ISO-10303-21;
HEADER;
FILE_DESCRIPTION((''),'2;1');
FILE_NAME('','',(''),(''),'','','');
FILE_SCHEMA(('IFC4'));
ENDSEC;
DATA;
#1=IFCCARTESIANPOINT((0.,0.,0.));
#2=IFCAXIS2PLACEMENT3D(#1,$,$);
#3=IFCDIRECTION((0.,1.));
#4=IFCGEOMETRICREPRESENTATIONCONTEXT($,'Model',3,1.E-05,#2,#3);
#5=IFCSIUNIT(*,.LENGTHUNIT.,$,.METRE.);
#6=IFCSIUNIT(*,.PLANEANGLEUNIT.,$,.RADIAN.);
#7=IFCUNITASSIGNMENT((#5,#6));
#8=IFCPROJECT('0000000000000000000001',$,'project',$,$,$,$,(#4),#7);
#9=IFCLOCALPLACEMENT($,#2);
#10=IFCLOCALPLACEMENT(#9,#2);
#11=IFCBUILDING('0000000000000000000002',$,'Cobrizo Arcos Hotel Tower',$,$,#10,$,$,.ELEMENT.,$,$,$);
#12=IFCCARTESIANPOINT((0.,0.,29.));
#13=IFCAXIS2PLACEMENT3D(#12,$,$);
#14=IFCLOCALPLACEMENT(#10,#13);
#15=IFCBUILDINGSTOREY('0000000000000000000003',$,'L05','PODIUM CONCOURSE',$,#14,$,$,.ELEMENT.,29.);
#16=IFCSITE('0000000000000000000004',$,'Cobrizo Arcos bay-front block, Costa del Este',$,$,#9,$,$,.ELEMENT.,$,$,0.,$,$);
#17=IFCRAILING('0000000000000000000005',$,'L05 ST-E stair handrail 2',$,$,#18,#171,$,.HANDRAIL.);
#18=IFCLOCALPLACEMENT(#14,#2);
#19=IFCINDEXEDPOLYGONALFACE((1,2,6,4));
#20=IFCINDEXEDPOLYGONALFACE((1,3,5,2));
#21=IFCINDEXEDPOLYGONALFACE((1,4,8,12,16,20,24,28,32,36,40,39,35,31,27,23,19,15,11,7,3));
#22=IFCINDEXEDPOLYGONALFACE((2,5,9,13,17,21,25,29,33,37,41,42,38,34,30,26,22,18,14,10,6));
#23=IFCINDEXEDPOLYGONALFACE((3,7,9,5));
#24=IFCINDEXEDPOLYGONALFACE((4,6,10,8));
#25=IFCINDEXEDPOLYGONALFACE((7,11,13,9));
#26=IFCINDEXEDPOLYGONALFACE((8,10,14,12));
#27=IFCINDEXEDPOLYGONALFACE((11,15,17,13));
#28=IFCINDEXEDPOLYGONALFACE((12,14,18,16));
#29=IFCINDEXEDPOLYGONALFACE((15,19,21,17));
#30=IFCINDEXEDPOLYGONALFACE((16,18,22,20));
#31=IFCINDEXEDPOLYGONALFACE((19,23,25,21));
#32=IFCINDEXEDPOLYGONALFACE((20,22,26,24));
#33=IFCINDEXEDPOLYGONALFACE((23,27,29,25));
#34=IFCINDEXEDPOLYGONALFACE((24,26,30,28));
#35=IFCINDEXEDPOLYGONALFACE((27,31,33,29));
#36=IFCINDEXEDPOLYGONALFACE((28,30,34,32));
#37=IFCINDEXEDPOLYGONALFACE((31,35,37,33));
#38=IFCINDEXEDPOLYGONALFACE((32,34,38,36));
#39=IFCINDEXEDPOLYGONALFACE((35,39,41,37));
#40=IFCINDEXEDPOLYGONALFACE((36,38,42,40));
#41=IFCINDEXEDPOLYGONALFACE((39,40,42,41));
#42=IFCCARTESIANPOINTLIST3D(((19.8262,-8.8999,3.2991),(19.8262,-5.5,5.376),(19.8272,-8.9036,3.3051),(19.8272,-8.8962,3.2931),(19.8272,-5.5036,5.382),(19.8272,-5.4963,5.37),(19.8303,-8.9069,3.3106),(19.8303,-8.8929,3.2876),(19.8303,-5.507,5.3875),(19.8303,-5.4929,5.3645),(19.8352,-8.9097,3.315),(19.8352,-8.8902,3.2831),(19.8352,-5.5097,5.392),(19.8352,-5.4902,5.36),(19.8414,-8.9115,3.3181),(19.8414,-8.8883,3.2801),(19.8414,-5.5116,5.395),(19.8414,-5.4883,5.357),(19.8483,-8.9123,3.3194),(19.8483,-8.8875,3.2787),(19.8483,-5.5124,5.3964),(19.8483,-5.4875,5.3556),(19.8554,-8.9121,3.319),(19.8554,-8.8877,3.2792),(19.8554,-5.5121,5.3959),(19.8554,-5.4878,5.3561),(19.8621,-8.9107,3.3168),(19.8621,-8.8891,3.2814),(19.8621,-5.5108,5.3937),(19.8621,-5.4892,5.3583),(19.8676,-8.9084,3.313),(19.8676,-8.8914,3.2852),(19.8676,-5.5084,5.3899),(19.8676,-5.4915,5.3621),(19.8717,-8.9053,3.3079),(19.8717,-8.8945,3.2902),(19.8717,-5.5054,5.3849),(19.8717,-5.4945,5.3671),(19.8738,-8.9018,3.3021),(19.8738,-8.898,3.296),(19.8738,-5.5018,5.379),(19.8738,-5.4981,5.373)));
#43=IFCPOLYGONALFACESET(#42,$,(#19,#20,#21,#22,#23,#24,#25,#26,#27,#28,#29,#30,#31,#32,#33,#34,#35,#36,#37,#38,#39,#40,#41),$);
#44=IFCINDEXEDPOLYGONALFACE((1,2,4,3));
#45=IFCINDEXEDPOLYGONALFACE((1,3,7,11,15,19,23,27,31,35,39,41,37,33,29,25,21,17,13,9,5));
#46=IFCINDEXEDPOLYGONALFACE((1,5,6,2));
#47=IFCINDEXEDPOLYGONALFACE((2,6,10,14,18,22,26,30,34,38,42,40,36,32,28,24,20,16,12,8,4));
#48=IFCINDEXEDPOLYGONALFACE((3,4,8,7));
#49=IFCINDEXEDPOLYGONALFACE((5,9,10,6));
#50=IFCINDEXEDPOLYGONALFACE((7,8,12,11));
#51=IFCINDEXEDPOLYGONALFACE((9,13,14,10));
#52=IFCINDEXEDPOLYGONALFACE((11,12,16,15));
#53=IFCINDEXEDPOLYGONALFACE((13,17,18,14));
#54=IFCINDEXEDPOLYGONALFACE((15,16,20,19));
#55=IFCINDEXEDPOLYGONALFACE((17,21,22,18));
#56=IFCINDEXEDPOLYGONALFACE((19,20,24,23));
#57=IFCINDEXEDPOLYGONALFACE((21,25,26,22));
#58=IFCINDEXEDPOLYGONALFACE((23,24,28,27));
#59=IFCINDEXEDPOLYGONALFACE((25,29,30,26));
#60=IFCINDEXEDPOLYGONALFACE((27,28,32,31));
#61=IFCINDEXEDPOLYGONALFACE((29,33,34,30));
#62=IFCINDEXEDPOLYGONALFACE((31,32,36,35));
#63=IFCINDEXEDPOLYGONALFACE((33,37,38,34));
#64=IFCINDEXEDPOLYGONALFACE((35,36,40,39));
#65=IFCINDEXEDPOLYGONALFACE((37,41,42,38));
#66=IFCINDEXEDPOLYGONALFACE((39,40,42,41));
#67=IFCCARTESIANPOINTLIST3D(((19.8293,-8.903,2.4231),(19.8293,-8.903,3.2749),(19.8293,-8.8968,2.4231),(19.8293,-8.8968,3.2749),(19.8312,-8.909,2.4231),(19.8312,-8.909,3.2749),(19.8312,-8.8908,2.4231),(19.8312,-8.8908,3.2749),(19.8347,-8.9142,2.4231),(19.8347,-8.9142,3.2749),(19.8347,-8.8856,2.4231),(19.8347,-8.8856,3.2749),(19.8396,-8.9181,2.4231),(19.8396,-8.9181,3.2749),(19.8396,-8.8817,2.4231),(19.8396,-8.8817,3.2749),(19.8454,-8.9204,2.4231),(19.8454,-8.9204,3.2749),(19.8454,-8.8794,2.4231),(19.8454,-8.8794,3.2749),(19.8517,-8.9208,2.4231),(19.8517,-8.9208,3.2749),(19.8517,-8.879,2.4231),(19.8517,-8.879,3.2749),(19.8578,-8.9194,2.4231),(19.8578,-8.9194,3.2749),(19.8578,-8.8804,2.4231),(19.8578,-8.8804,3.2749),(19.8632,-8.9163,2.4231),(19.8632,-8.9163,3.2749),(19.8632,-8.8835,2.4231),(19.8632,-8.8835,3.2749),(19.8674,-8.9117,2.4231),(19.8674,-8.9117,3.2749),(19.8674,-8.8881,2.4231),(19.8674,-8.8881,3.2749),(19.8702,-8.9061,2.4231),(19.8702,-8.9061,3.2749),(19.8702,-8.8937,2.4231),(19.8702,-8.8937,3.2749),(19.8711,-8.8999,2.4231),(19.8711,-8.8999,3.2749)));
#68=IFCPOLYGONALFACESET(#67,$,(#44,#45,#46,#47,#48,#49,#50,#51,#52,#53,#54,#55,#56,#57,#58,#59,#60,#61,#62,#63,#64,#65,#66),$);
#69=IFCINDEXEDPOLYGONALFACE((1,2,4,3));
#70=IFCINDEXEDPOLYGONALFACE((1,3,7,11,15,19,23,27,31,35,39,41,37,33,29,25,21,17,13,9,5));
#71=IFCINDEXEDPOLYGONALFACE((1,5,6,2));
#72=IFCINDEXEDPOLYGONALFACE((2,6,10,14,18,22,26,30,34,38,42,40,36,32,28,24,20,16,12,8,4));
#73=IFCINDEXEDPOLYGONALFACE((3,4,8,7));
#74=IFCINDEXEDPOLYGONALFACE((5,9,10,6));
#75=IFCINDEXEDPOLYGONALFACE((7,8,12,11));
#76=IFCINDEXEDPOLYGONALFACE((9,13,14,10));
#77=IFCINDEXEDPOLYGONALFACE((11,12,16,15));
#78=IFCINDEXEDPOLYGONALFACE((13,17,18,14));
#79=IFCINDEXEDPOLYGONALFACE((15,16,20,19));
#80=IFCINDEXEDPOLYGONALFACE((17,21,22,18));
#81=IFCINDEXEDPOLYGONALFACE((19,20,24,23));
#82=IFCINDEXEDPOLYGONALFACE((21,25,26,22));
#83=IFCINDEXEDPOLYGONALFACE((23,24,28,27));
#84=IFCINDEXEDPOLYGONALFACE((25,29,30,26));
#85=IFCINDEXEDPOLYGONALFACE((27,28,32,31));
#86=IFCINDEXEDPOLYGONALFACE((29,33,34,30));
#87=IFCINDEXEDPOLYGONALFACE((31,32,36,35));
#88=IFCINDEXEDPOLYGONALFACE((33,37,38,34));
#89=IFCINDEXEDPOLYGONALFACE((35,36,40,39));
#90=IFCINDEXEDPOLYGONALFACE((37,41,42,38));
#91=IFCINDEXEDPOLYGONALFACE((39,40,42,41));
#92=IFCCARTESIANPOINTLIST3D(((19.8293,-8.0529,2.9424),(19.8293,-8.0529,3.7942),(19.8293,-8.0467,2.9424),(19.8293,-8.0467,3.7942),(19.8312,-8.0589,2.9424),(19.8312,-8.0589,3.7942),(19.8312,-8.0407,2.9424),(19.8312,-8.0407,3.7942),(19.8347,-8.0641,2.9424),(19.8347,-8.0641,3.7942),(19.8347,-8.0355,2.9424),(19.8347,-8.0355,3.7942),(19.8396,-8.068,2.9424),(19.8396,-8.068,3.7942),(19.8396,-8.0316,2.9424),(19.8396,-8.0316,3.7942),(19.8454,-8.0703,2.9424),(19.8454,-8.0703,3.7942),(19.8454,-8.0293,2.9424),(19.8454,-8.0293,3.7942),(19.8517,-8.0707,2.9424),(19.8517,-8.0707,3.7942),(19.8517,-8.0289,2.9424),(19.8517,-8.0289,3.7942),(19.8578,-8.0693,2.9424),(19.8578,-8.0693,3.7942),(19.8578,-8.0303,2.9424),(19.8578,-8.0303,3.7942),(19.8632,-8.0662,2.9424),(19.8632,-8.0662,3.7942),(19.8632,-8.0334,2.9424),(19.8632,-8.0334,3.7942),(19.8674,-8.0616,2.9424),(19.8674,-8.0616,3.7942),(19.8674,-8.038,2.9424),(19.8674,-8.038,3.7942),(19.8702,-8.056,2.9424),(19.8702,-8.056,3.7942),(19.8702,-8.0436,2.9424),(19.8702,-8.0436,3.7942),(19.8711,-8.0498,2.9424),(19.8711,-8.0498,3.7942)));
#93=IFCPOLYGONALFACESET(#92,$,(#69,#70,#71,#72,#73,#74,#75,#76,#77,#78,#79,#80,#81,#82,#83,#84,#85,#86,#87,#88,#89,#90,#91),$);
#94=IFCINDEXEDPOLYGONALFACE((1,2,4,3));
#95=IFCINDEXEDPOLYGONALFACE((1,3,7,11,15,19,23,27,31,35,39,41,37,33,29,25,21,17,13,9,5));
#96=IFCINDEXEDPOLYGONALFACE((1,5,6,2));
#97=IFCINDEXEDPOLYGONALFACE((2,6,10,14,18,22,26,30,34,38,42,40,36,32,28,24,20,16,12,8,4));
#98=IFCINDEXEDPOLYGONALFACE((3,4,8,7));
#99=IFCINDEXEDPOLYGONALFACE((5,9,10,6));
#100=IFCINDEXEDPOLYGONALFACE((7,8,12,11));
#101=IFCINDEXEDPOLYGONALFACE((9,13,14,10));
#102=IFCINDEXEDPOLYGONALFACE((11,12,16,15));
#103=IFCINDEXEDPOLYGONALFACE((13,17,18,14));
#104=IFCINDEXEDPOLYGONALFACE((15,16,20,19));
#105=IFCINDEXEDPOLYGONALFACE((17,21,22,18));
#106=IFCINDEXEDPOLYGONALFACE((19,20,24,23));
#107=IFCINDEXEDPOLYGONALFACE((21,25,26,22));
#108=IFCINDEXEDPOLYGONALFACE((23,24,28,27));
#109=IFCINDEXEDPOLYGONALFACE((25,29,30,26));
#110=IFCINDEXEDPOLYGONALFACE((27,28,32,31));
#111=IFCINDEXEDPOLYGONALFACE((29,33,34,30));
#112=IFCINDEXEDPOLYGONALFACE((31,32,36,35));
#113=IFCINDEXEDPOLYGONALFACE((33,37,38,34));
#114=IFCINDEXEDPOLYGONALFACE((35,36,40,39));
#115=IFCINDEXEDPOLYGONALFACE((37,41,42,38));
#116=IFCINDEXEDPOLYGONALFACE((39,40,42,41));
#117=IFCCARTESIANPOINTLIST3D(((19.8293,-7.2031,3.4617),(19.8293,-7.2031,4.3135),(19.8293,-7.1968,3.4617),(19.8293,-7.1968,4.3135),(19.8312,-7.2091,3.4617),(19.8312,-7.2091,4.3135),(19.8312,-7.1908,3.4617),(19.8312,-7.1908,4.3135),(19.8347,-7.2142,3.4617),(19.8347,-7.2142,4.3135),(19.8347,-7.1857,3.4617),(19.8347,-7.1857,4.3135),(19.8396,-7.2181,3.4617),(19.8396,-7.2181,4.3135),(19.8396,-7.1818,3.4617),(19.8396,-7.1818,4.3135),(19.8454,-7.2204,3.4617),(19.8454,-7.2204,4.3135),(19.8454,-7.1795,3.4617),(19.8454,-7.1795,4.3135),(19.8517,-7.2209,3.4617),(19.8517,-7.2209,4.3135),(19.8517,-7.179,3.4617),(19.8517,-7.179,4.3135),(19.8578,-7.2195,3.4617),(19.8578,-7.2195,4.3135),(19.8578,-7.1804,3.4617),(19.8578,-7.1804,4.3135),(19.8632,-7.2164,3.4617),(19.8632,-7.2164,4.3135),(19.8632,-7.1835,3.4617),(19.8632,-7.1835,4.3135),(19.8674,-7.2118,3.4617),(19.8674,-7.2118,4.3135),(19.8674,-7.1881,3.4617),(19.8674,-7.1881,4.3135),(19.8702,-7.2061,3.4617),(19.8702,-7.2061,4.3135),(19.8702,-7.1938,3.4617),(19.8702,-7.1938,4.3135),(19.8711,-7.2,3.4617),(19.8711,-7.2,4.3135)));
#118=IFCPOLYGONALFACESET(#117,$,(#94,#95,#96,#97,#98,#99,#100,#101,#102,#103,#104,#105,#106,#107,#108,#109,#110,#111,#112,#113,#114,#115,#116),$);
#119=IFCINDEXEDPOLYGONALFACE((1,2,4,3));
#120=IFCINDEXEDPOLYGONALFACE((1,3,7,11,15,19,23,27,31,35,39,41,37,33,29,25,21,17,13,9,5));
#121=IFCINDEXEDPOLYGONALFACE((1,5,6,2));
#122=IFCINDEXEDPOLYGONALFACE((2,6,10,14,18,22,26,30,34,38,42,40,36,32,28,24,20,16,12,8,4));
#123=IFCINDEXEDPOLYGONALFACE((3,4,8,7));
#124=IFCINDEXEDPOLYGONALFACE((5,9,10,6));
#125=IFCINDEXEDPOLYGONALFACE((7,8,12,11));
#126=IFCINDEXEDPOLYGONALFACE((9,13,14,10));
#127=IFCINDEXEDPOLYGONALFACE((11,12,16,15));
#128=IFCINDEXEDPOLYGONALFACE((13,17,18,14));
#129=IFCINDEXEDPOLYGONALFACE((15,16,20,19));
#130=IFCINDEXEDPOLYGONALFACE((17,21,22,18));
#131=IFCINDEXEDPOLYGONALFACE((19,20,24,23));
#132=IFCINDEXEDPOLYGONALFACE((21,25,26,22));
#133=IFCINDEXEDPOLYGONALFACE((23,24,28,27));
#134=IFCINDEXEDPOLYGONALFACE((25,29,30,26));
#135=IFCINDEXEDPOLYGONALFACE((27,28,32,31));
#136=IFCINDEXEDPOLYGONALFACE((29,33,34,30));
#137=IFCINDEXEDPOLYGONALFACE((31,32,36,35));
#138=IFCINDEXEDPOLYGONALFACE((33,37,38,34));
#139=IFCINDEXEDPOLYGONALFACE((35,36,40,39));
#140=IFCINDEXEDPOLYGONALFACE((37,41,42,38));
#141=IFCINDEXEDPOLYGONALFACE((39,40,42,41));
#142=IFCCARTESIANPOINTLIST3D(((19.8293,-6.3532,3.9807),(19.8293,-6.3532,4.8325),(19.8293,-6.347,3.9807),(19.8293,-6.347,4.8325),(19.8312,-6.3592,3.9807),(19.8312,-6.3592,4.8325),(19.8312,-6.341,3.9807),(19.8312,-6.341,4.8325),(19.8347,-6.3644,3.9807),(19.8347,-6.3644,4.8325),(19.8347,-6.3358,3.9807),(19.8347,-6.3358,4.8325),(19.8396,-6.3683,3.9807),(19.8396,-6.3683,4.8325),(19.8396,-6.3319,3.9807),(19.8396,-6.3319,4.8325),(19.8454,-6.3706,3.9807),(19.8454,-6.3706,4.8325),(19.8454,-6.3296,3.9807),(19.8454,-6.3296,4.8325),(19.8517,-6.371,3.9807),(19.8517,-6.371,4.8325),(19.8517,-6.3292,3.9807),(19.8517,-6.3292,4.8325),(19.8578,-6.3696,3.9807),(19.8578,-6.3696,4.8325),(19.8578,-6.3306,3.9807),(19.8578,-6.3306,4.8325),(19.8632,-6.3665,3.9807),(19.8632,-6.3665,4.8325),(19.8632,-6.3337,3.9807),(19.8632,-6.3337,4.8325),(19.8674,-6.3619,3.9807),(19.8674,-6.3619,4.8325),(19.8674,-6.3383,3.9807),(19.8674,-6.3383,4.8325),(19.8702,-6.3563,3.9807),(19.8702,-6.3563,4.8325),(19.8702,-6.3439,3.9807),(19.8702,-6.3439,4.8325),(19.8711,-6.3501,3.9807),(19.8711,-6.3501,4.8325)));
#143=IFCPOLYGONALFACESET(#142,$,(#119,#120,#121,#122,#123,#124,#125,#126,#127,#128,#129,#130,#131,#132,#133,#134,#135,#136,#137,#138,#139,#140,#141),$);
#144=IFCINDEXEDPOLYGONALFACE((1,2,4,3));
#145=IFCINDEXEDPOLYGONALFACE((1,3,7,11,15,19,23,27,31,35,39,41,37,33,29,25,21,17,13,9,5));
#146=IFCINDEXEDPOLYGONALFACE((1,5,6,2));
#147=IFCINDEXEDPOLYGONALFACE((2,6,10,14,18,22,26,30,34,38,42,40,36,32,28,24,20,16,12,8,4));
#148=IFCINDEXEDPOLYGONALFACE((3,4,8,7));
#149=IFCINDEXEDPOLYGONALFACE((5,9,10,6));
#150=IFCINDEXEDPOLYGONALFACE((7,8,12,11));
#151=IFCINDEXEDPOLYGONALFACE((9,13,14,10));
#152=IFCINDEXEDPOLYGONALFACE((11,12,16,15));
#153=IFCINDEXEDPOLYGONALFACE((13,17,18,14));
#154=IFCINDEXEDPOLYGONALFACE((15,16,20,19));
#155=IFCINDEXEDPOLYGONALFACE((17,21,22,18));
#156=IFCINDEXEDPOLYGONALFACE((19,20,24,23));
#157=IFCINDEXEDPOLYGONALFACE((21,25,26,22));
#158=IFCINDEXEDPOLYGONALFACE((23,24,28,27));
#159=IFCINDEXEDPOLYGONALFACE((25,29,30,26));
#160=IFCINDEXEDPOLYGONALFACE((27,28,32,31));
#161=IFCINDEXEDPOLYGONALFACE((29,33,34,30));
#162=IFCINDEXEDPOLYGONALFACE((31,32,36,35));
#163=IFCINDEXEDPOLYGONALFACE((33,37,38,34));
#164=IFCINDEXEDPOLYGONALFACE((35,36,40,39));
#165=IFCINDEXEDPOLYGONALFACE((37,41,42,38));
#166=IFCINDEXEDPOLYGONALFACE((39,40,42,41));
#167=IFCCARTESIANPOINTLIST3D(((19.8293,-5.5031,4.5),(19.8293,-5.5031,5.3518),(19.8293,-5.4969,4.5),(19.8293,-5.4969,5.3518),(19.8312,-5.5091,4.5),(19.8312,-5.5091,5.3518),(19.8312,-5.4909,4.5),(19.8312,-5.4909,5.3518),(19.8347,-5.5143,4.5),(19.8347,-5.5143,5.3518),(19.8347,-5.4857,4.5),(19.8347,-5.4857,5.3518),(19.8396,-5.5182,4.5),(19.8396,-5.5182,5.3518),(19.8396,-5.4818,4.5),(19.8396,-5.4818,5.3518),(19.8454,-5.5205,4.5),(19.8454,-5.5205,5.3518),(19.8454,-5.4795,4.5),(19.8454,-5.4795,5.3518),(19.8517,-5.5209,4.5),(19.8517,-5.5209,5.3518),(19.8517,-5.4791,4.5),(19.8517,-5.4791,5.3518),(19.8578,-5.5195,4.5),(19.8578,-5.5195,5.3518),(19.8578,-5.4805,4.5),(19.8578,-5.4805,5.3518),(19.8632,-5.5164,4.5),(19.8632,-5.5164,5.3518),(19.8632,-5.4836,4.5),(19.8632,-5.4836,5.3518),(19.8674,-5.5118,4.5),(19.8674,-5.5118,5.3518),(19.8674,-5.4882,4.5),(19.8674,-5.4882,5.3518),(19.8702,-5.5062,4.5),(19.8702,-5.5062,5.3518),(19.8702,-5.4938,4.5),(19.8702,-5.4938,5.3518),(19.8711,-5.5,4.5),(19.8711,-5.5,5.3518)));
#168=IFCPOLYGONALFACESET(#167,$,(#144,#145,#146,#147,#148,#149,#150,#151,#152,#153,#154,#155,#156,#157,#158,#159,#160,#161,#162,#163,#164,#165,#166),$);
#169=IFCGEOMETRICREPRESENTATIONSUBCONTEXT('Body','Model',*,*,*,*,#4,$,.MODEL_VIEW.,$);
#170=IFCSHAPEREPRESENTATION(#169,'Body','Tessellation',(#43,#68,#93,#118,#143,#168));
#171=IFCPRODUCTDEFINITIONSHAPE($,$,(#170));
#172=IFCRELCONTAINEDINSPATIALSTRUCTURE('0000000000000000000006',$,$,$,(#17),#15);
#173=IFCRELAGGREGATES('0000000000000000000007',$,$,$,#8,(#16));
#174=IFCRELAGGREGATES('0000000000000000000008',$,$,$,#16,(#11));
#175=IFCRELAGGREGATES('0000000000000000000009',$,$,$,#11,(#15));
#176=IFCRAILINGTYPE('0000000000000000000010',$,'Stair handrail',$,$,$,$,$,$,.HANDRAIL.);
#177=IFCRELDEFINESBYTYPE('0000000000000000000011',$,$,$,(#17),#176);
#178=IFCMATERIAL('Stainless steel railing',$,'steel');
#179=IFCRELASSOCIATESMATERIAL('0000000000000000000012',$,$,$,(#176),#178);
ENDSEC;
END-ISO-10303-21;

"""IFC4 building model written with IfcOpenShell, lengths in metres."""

from ifc_helpers import new_model, si_unit, direction, frame, origin, origin_2d, place, context, subcontext, project, spatial, circle, extrude, material, type_object, element, save


model = new_model("IFC4")

# Units and contexts
model_context = context("Model", 3, precision=1e-05, world=origin(), true_north=direction((0.0, 1.0)))
body_context = subcontext(model_context, "Body", "Model", "MODEL_VIEW")
ifc_project = project(units=[si_unit("LENGTHUNIT", "METRE"), si_unit("PLANEANGLEUNIT", "RADIAN")], contexts=[model_context])

# Site, building, storey
site_placement = place(None, origin())
site = spatial("IfcSite", under=ifc_project, at=site_placement, Name="Cobrizo Arcos bay-front block, Costa del Este", CompositionType="ELEMENT", RefElevation=0.0)
building_placement = place(site_placement, origin())
building = spatial("IfcBuilding", under=site, at=building_placement, Name="Cobrizo Arcos Hotel Tower", CompositionType="ELEMENT")
storey_placement = place(building_placement, frame((0.0, 0.0, 29.0)))
storey = spatial("IfcBuildingStorey", under=building, at=storey_placement, Name="L05", Description="PODIUM CONCOURSE", CompositionType="ELEMENT", Elevation=29.0)

# Railing
ifc_material_1 = material(Name="Stainless steel railing", Category="steel")
railing_type = type_object("IfcRailingType", Name="Stair handrail", PredefinedType="HANDRAIL", material=ifc_material_1)
railing_placement = place(storey_placement, frame((19.8501, -8.8999, 2.4231)))
element("IfcRailing", 1, at=railing_placement, inside=storey, type_object=railing_type, Name="L05 ST-E stair handrail 2", PredefinedType="HANDRAIL", context=body_context, shape_type="SweptSolid", body=[
    extrude(circle(Radius=0.0239, at=origin_2d()), frame((0.0, 0.0, 0.876), z_axis=(0.0, 0.853373, 0.521301), x_axis=(-1.0, 0.0, 0.0)), (0.0, 0.0, 1.0), 3.9841),
    extrude(circle(Radius=0.021, at=origin_2d()), origin(), (0.0, 0.0, 1.0), 0.8518),
    extrude(circle(Radius=0.021, at=origin_2d()), frame((0.0, 0.8501, 0.5193)), (0.0, 0.0, 1.0), 0.8518),
    extrude(circle(Radius=0.021, at=origin_2d()), frame((0.0, 1.7, 1.0386)), (0.0, 0.0, 1.0), 0.8518),
    extrude(circle(Radius=0.021, at=origin_2d()), frame((0.0, 2.5498, 1.5576)), (0.0, 0.0, 1.0), 0.8518),
    extrude(circle(Radius=0.021, at=origin_2d()), frame((0.0, 3.3999, 2.0769)), (0.0, 0.0, 1.0), 0.8518),
])

save(model, "model.ifc")
